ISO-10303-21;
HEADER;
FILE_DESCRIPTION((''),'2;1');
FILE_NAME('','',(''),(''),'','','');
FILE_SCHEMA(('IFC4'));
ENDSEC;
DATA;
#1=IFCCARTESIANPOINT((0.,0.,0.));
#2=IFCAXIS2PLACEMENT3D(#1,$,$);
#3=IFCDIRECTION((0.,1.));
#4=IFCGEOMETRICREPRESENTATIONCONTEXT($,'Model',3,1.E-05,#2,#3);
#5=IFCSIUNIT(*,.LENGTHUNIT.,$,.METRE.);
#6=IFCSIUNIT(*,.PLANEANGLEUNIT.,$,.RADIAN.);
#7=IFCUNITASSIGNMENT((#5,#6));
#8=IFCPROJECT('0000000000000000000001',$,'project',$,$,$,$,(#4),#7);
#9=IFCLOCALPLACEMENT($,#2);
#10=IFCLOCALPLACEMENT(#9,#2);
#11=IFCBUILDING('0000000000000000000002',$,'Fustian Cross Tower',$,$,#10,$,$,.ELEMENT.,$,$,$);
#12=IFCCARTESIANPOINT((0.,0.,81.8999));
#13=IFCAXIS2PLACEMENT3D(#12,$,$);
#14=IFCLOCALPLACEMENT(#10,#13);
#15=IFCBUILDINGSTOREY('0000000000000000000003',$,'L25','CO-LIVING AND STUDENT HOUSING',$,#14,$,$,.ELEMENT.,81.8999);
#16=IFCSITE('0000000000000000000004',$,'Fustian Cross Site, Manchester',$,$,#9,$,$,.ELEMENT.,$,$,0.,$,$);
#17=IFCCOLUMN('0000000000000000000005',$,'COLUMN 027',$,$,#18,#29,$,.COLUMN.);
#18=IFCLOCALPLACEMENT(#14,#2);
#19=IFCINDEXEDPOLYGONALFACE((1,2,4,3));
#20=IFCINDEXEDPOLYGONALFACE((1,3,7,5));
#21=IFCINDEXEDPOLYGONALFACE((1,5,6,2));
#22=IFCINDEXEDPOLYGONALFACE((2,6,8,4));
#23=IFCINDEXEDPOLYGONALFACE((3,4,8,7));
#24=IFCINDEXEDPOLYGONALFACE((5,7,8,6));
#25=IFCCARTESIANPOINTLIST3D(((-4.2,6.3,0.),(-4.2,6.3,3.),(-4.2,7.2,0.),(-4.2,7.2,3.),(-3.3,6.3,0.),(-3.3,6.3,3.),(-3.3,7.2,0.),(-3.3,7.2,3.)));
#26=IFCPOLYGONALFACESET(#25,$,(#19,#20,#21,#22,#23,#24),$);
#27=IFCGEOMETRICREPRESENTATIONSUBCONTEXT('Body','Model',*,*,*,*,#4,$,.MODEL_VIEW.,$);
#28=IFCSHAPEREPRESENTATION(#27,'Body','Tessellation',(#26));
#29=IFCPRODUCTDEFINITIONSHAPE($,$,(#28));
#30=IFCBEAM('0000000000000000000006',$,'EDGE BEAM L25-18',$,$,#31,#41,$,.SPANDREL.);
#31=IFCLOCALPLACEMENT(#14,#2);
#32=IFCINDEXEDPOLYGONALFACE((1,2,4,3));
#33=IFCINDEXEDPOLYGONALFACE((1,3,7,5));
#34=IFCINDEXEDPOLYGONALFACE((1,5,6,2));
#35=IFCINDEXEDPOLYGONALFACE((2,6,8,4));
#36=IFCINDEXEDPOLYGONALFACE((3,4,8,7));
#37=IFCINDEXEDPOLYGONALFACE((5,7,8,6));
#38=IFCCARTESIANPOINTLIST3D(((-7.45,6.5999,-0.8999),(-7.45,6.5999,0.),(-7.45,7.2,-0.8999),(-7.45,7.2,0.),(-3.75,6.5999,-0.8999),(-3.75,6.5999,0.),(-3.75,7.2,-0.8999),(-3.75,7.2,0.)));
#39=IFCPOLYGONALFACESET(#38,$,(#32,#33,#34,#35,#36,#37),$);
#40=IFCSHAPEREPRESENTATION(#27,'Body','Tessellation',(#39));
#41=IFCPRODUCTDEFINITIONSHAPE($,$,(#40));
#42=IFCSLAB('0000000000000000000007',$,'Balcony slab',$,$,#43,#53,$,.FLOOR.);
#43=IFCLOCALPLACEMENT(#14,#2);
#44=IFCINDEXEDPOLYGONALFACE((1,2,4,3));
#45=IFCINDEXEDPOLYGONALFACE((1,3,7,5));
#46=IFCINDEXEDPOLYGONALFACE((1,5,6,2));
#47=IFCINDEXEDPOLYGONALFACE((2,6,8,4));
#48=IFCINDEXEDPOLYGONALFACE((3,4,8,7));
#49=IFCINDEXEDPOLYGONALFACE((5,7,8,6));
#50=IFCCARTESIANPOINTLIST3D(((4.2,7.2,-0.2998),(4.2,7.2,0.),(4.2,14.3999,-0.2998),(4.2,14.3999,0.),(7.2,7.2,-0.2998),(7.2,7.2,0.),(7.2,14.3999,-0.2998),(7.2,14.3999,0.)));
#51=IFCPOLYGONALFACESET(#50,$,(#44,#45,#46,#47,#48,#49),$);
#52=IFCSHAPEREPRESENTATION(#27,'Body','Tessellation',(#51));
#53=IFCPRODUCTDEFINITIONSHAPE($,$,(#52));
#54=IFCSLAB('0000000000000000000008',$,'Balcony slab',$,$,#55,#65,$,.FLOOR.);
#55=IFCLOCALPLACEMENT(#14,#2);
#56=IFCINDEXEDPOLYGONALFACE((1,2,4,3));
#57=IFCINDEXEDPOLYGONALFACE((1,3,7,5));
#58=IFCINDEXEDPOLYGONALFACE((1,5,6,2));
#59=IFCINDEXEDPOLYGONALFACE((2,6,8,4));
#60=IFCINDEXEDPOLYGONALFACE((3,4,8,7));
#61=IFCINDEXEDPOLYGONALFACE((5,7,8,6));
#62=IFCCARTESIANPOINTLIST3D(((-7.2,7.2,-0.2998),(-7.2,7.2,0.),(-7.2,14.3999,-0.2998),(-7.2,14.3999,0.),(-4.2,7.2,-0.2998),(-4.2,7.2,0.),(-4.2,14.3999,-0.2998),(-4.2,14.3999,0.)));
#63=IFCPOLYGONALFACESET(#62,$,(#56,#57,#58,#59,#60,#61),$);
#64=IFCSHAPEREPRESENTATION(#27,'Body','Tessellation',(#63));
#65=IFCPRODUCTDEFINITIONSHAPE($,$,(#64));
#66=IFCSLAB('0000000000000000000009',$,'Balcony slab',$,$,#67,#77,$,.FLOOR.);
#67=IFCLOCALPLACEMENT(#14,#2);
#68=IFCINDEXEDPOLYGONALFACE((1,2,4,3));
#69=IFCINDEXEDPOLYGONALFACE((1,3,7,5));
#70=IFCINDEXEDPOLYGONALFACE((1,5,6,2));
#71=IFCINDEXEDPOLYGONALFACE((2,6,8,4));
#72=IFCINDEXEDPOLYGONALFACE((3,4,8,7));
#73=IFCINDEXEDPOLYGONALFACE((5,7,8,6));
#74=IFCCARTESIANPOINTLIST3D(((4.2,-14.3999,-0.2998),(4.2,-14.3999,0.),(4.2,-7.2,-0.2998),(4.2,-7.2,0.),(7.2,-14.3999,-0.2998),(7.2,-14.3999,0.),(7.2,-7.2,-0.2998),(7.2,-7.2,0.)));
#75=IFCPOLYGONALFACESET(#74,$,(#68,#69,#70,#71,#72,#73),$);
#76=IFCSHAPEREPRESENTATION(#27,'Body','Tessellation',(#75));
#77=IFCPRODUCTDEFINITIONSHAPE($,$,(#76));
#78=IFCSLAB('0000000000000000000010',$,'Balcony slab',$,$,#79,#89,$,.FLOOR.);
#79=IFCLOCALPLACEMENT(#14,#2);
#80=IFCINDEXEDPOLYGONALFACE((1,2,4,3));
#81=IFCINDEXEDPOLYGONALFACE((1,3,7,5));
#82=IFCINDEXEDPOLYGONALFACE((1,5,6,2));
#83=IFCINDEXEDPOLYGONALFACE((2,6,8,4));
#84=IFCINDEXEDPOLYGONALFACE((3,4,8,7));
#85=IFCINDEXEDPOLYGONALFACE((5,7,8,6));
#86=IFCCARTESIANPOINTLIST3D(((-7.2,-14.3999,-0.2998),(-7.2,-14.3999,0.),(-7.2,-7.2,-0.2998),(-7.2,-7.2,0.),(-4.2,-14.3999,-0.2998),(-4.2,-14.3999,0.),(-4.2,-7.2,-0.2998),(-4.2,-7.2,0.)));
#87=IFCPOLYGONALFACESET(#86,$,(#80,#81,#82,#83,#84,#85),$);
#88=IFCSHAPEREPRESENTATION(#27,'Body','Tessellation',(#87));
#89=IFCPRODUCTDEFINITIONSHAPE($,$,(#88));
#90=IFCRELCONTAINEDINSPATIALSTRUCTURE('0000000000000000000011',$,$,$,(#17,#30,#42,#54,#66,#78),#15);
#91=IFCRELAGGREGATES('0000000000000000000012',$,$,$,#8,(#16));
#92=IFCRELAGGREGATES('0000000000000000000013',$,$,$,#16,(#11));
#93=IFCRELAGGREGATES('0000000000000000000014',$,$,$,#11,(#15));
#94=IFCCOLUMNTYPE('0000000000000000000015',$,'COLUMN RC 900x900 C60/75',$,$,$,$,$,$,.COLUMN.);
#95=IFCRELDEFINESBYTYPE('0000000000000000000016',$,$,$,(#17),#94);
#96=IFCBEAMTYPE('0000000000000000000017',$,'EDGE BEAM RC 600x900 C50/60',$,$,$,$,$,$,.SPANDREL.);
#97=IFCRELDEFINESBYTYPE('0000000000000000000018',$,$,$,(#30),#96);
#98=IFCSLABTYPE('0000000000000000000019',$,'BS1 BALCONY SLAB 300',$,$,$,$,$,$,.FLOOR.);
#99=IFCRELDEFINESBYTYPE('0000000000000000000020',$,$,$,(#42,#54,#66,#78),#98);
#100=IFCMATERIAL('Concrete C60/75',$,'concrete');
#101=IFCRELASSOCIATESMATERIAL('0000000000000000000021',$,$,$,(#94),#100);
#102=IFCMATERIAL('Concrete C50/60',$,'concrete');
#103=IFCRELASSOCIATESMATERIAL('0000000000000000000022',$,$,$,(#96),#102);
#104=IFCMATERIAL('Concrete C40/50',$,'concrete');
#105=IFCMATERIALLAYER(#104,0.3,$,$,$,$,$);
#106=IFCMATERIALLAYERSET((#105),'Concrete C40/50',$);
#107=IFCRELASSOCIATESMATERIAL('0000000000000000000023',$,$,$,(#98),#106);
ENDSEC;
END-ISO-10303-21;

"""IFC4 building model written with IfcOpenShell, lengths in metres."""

from ifc_helpers import new_model, si_unit, direction, frame, origin, origin_2d, place, context, subcontext, project, spatial, polyline, rectangle, outline, extrude, material, layer, layer_set, material_profile, profile_set, type_object, element, save


model = new_model("IFC4")

# Units and contexts
model_context = context("Model", 3, precision=1e-05, world=origin(), true_north=direction((0.0, 1.0)))
body_context = subcontext(model_context, "Body", "Model", "MODEL_VIEW")
ifc_project = project(units=[si_unit("LENGTHUNIT", "METRE"), si_unit("PLANEANGLEUNIT", "RADIAN")], contexts=[model_context])

# Site, building, storey
site_placement = place(None, origin())
site = spatial("IfcSite", under=ifc_project, at=site_placement, Name="Fustian Cross Site, Manchester", CompositionType="ELEMENT", RefElevation=0.0)
building_placement = place(site_placement, origin())
building = spatial("IfcBuilding", under=site, at=building_placement, Name="Fustian Cross Tower", CompositionType="ELEMENT")
storey_placement = place(building_placement, frame((0.0, 0.0, 81.8999)))
storey = spatial("IfcBuildingStorey", under=building, at=storey_placement, Name="L25", Description="CO-LIVING AND STUDENT HOUSING", CompositionType="ELEMENT", Elevation=81.8999)

# Column
ifc_material_1 = material(Name="Concrete C60/75", Category="concrete")
ifc_material_profile_1 = material_profile(ifc_material_1, rectangle(XDim=0.8999, YDim=0.8999, at=origin_2d()), Name="RC 900x900")
ifc_profile_set_1 = profile_set([ifc_material_profile_1], Name="Concrete C60/75")
column_type = type_object("IfcColumnType", Name="COLUMN RC 900x900 C60/75", PredefinedType="COLUMN", material=ifc_profile_set_1)
column_placement = place(storey_placement, frame((-3.75, 6.75, 0.0), z_axis=(0.0, 0.0, 1.0), x_axis=(1.0, 0.0, 0.0)))
element("IfcColumn", 1, at=column_placement, inside=storey, type_object=column_type, Name="COLUMN 027", PredefinedType="COLUMN", context=body_context, shape_type="SweptSolid", body=[
    extrude(rectangle(XDim=0.8999, YDim=0.8999, at=origin_2d()), origin(), (0.0, 0.0, 1.0), 3.0),
])

# Beam
ifc_material_2 = material(Name="Concrete C50/60", Category="concrete")
ifc_material_profile_2 = material_profile(ifc_material_2, rectangle(XDim=0.6001, YDim=0.8999, at=origin_2d()), Name="RC 600x900")
ifc_profile_set_2 = profile_set([ifc_material_profile_2], Name="Concrete C50/60")
beam_type = type_object("IfcBeamType", Name="EDGE BEAM RC 600x900 C50/60", PredefinedType="SPANDREL", material=ifc_profile_set_2)
beam_placement = place(storey_placement, frame((-3.75, 6.8999, -0.45), z_axis=(-1.0, 0.0, 0.0), x_axis=(0.0, -1.0, 0.0)))
element("IfcBeam", 2, at=beam_placement, inside=storey, type_object=beam_type, Name="EDGE BEAM L25-18", PredefinedType="SPANDREL", context=body_context, shape_type="SweptSolid", body=[
    extrude(rectangle(XDim=0.6001, YDim=0.8999, at=origin_2d()), origin(), (0.0, 0.0, 1.0), 3.7),
])

# Slabs
ifc_material_3 = material(Name="Concrete C40/50", Category="concrete")
ifc_layer_1 = layer(ifc_material_3, 0.3)
ifc_layer_set_1 = layer_set([ifc_layer_1], Name="Concrete C40/50")
slab_type_1 = type_object("IfcSlabType", Name="BS1 BALCONY SLAB 300", PredefinedType="FLOOR", material=ifc_layer_set_1)
slab_1_placement = place(storey_placement, frame((0.0, 0.0, -0.2998)))
element("IfcSlab", 3, at=slab_1_placement, inside=storey, type_object=slab_type_1, Name="Balcony slab", PredefinedType="FLOOR", context=body_context, shape_type="SweptSolid", body=[
    extrude(outline(polyline([(4.2, 7.2), (7.2, 7.2), (7.2, 14.3999), (4.2, 14.3999), (4.2, 7.2)])), origin(), (0.0, 0.0, 1.0), 0.2998),
])
slab_2_placement = place(storey_placement, frame((0.0, 0.0, -0.2998)))
element("IfcSlab", 4, at=slab_2_placement, inside=storey, type_object=slab_type_1, Name="Balcony slab", PredefinedType="FLOOR", context=body_context, shape_type="SweptSolid", body=[
    extrude(outline(polyline([(-7.2, 7.2), (-4.2, 7.2), (-4.2, 14.3999), (-7.2, 14.3999), (-7.2, 7.2)])), origin(), (0.0, 0.0, 1.0), 0.2998),
])
slab_3_placement = place(storey_placement, frame((0.0, 0.0, -0.2998)))
element("IfcSlab", 5, at=slab_3_placement, inside=storey, type_object=slab_type_1, Name="Balcony slab", PredefinedType="FLOOR", context=body_context, shape_type="SweptSolid", body=[
    extrude(outline(polyline([(4.2, -14.3999), (7.2, -14.3999), (7.2, -7.2), (4.2, -7.2), (4.2, -14.3999)])), origin(), (0.0, 0.0, 1.0), 0.2998),
])
slab_4_placement = place(storey_placement, frame((0.0, 0.0, -0.2998)))
element("IfcSlab", 6, at=slab_4_placement, inside=storey, type_object=slab_type_1, Name="Balcony slab", PredefinedType="FLOOR", context=body_context, shape_type="SweptSolid", body=[
    extrude(outline(polyline([(-7.2, -14.3999), (-4.2, -14.3999), (-4.2, -7.2), (-7.2, -7.2), (-7.2, -14.3999)])), origin(), (0.0, 0.0, 1.0), 0.2998),
])

save(model, "model.ifc")
